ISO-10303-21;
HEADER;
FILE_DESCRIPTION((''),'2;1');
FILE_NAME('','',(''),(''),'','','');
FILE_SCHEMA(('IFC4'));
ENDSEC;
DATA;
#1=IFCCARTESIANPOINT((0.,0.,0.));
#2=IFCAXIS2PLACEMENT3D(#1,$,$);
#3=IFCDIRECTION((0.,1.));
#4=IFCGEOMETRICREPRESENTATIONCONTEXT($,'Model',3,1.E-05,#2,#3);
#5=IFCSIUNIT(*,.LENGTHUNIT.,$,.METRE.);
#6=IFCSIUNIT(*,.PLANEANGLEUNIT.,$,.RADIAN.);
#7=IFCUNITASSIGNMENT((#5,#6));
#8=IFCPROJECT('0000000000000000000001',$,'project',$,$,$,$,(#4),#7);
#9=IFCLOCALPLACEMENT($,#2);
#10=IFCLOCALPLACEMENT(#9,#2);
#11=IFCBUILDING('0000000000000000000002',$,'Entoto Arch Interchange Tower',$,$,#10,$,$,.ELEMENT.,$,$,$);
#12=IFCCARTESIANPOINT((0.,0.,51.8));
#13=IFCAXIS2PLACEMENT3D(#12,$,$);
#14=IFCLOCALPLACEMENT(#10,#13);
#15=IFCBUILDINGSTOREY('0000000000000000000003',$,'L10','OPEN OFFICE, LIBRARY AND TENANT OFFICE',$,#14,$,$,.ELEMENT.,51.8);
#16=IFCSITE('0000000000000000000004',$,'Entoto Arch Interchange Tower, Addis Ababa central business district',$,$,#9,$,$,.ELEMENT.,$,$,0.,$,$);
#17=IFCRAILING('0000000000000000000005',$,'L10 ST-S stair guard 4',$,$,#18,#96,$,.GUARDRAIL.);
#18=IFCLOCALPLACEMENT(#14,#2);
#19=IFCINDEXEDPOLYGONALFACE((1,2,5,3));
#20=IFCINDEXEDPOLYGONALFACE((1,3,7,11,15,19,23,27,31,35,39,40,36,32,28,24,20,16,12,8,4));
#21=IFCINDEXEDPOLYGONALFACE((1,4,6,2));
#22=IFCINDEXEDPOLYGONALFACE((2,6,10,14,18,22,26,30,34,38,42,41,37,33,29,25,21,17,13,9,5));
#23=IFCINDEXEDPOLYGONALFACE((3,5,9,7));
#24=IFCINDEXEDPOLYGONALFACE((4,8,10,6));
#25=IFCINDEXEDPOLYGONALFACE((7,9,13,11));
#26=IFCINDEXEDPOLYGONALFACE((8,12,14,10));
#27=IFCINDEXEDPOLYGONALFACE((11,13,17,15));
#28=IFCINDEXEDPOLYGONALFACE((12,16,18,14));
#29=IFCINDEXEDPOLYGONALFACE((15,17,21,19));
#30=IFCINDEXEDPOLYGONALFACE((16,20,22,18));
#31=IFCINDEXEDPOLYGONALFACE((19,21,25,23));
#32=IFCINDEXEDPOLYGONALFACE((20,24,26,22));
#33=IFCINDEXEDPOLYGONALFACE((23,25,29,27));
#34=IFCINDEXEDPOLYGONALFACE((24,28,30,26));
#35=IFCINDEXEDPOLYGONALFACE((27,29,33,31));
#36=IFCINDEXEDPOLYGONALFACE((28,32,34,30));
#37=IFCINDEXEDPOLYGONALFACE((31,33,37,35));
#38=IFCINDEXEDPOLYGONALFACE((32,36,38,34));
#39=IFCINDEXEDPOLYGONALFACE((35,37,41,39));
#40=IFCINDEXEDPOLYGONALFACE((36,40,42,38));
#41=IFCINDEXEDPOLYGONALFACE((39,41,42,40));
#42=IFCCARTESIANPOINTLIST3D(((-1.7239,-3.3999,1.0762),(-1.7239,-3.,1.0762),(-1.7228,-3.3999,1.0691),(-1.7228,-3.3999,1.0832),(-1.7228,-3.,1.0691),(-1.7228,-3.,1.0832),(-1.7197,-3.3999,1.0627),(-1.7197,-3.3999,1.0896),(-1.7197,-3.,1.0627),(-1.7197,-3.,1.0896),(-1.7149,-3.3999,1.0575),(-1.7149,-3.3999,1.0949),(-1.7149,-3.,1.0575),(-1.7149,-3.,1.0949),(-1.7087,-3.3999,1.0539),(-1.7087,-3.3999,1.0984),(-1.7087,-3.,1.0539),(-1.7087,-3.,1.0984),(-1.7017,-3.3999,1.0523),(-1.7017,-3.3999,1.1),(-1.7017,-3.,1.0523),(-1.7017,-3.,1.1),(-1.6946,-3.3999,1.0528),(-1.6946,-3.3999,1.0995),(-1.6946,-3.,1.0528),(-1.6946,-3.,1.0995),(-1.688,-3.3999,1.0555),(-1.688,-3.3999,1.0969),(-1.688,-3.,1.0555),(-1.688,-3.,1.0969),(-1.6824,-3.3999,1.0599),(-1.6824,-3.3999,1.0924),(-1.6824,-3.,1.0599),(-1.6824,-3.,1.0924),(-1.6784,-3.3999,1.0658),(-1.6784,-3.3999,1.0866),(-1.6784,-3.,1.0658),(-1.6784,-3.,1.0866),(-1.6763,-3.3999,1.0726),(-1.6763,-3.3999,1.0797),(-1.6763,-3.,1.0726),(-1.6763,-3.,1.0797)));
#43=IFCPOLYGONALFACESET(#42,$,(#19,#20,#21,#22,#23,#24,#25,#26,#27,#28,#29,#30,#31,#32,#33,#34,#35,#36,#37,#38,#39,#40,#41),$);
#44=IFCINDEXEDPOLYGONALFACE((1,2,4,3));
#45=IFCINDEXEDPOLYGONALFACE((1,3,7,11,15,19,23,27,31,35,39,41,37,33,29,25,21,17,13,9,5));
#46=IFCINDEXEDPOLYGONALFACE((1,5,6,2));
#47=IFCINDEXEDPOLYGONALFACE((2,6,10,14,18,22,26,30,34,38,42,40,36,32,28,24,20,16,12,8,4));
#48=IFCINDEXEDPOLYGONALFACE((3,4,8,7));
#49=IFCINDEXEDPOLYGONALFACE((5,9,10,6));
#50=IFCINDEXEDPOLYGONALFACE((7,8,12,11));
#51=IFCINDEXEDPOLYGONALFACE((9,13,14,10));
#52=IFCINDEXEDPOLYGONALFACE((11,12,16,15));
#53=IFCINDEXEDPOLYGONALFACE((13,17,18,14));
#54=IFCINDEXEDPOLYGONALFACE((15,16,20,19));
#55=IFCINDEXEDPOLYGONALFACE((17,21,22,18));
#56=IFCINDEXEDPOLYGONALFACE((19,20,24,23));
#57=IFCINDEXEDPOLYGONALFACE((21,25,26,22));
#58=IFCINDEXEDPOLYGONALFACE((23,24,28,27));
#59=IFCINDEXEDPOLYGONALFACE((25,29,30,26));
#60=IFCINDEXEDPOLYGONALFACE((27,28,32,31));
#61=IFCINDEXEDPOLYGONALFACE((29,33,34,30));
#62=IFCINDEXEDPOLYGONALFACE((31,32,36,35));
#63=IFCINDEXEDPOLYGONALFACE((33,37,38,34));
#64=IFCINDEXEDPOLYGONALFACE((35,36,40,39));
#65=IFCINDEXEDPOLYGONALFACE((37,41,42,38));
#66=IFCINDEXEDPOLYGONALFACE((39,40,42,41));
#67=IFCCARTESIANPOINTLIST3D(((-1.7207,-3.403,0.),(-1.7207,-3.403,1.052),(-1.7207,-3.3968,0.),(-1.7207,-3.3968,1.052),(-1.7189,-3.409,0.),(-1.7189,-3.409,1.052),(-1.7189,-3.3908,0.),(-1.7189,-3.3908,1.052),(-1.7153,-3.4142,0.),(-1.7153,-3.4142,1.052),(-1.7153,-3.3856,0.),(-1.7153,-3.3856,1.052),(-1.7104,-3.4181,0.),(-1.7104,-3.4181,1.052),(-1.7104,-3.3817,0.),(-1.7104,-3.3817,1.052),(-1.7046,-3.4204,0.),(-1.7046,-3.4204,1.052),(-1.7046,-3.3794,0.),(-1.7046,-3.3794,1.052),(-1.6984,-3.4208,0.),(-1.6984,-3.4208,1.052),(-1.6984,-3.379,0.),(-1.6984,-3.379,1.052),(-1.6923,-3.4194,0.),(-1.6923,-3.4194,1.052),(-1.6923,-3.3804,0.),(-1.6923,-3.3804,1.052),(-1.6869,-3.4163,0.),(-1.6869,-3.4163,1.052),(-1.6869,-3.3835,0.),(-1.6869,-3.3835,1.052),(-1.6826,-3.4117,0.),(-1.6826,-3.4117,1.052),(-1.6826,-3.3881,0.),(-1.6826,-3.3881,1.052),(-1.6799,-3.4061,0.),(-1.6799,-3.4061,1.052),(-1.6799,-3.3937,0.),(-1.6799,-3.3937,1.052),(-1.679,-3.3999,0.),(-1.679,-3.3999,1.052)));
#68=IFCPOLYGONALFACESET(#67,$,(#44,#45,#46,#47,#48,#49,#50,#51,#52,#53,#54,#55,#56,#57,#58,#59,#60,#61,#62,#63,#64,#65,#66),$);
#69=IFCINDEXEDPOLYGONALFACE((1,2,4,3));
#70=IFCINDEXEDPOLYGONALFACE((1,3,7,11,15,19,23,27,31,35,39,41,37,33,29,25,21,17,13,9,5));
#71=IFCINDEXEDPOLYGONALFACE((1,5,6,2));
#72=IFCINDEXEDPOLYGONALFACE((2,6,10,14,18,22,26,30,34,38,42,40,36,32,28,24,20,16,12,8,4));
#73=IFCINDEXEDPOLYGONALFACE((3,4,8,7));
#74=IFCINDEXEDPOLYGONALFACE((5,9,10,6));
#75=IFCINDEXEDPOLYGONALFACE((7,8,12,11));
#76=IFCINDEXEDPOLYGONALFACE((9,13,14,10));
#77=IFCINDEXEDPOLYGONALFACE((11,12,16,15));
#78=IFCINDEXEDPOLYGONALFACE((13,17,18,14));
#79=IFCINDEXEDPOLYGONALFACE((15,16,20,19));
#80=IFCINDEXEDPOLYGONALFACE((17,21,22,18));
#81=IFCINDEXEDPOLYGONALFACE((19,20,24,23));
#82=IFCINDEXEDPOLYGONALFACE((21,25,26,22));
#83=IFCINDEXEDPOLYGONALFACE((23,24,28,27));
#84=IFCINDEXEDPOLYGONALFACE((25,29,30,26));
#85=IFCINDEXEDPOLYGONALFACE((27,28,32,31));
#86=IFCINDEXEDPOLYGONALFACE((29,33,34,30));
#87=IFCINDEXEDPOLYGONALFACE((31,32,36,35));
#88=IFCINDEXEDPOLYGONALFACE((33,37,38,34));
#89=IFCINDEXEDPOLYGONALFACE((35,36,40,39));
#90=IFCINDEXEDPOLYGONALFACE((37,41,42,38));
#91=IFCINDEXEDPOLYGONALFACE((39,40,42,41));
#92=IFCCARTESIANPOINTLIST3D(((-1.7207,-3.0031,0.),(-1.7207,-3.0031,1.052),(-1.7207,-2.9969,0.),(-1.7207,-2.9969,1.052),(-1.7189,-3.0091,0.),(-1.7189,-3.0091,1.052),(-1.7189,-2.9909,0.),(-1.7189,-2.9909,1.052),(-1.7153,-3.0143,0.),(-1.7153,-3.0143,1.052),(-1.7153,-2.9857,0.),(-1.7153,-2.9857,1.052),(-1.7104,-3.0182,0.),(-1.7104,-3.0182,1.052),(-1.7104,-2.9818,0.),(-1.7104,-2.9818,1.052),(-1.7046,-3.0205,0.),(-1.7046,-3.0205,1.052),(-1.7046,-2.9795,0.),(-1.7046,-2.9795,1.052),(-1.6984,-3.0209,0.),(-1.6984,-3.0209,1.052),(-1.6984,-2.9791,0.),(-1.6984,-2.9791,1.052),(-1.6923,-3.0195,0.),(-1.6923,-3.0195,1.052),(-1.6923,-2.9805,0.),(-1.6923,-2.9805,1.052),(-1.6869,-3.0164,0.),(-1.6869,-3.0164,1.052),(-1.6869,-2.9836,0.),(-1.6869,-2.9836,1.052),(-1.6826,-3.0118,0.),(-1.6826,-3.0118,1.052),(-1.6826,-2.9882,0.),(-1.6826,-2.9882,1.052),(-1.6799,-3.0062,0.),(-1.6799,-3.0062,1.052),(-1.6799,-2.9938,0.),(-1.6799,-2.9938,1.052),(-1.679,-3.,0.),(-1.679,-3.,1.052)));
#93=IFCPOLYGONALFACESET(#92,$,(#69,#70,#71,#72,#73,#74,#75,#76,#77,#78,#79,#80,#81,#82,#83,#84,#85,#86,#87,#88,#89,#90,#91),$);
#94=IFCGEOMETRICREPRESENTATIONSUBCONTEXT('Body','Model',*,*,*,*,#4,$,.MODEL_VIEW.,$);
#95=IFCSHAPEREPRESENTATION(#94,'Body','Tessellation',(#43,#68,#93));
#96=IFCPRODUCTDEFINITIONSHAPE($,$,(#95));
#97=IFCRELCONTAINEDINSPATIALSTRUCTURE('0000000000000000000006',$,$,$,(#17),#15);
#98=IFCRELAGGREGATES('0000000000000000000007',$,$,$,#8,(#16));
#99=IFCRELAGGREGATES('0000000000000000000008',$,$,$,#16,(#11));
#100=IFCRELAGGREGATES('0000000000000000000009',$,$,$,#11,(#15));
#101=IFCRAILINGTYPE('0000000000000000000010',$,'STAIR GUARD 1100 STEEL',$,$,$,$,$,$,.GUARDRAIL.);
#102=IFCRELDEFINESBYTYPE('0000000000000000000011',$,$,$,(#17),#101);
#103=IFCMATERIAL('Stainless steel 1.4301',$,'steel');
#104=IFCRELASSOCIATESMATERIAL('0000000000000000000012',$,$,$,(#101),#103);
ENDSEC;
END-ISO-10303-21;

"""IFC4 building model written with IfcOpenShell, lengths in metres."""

from ifc_helpers import new_model, si_unit, direction, frame, origin, origin_2d, place, context, subcontext, project, spatial, circle, extrude, material, type_object, element, save


model = new_model("IFC4")

# Units and contexts
model_context = context("Model", 3, precision=1e-05, world=origin(), true_north=direction((0.0, 1.0)))
body_context = subcontext(model_context, "Body", "Model", "MODEL_VIEW")
ifc_project = project(units=[si_unit("LENGTHUNIT", "METRE"), si_unit("PLANEANGLEUNIT", "RADIAN")], contexts=[model_context])

# Site, building, storey
site_placement = place(None, origin())
site = spatial("IfcSite", under=ifc_project, at=site_placement, Name="Entoto Arch Interchange Tower, Addis Ababa central business district", CompositionType="ELEMENT", RefElevation=0.0)
building_placement = place(site_placement, origin())
building = spatial("IfcBuilding", under=site, at=building_placement, Name="Entoto Arch Interchange Tower", CompositionType="ELEMENT")
storey_placement = place(building_placement, frame((0.0, 0.0, 51.8)))
storey = spatial("IfcBuildingStorey", under=building, at=storey_placement, Name="L10", Description="OPEN OFFICE, LIBRARY AND TENANT OFFICE", CompositionType="ELEMENT", Elevation=51.8)

# Railing
ifc_material_1 = material(Name="Stainless steel 1.4301", Category="steel")
railing_type_1 = type_object("IfcRailingType", Name="STAIR GUARD 1100 STEEL", PredefinedType="GUARDRAIL", material=ifc_material_1)
railing_1_placement = place(storey_placement, frame((-1.7, -3.3999, 0.0)))
element("IfcRailing", 1, at=railing_1_placement, inside=storey, type_object=railing_type_1, Name="L10 ST-S stair guard 4", PredefinedType="GUARDRAIL", context=body_context, shape_type="SweptSolid", body=[
    extrude(circle(Radius=0.0239, at=origin_2d()), frame((0.0, 0.0, 1.0762), z_axis=(0.0, 1.0, 0.0), x_axis=(-1.0, 0.0, 0.0)), (0.0, 0.0, 1.0), 0.3999),
    extrude(circle(Radius=0.021, at=origin_2d()), origin(), (0.0, 0.0, 1.0), 1.052),
    extrude(circle(Radius=0.021, at=origin_2d()), frame((0.0, 0.3999, 0.0)), (0.0, 0.0, 1.0), 1.052),
])

save(model, "model.ifc")
